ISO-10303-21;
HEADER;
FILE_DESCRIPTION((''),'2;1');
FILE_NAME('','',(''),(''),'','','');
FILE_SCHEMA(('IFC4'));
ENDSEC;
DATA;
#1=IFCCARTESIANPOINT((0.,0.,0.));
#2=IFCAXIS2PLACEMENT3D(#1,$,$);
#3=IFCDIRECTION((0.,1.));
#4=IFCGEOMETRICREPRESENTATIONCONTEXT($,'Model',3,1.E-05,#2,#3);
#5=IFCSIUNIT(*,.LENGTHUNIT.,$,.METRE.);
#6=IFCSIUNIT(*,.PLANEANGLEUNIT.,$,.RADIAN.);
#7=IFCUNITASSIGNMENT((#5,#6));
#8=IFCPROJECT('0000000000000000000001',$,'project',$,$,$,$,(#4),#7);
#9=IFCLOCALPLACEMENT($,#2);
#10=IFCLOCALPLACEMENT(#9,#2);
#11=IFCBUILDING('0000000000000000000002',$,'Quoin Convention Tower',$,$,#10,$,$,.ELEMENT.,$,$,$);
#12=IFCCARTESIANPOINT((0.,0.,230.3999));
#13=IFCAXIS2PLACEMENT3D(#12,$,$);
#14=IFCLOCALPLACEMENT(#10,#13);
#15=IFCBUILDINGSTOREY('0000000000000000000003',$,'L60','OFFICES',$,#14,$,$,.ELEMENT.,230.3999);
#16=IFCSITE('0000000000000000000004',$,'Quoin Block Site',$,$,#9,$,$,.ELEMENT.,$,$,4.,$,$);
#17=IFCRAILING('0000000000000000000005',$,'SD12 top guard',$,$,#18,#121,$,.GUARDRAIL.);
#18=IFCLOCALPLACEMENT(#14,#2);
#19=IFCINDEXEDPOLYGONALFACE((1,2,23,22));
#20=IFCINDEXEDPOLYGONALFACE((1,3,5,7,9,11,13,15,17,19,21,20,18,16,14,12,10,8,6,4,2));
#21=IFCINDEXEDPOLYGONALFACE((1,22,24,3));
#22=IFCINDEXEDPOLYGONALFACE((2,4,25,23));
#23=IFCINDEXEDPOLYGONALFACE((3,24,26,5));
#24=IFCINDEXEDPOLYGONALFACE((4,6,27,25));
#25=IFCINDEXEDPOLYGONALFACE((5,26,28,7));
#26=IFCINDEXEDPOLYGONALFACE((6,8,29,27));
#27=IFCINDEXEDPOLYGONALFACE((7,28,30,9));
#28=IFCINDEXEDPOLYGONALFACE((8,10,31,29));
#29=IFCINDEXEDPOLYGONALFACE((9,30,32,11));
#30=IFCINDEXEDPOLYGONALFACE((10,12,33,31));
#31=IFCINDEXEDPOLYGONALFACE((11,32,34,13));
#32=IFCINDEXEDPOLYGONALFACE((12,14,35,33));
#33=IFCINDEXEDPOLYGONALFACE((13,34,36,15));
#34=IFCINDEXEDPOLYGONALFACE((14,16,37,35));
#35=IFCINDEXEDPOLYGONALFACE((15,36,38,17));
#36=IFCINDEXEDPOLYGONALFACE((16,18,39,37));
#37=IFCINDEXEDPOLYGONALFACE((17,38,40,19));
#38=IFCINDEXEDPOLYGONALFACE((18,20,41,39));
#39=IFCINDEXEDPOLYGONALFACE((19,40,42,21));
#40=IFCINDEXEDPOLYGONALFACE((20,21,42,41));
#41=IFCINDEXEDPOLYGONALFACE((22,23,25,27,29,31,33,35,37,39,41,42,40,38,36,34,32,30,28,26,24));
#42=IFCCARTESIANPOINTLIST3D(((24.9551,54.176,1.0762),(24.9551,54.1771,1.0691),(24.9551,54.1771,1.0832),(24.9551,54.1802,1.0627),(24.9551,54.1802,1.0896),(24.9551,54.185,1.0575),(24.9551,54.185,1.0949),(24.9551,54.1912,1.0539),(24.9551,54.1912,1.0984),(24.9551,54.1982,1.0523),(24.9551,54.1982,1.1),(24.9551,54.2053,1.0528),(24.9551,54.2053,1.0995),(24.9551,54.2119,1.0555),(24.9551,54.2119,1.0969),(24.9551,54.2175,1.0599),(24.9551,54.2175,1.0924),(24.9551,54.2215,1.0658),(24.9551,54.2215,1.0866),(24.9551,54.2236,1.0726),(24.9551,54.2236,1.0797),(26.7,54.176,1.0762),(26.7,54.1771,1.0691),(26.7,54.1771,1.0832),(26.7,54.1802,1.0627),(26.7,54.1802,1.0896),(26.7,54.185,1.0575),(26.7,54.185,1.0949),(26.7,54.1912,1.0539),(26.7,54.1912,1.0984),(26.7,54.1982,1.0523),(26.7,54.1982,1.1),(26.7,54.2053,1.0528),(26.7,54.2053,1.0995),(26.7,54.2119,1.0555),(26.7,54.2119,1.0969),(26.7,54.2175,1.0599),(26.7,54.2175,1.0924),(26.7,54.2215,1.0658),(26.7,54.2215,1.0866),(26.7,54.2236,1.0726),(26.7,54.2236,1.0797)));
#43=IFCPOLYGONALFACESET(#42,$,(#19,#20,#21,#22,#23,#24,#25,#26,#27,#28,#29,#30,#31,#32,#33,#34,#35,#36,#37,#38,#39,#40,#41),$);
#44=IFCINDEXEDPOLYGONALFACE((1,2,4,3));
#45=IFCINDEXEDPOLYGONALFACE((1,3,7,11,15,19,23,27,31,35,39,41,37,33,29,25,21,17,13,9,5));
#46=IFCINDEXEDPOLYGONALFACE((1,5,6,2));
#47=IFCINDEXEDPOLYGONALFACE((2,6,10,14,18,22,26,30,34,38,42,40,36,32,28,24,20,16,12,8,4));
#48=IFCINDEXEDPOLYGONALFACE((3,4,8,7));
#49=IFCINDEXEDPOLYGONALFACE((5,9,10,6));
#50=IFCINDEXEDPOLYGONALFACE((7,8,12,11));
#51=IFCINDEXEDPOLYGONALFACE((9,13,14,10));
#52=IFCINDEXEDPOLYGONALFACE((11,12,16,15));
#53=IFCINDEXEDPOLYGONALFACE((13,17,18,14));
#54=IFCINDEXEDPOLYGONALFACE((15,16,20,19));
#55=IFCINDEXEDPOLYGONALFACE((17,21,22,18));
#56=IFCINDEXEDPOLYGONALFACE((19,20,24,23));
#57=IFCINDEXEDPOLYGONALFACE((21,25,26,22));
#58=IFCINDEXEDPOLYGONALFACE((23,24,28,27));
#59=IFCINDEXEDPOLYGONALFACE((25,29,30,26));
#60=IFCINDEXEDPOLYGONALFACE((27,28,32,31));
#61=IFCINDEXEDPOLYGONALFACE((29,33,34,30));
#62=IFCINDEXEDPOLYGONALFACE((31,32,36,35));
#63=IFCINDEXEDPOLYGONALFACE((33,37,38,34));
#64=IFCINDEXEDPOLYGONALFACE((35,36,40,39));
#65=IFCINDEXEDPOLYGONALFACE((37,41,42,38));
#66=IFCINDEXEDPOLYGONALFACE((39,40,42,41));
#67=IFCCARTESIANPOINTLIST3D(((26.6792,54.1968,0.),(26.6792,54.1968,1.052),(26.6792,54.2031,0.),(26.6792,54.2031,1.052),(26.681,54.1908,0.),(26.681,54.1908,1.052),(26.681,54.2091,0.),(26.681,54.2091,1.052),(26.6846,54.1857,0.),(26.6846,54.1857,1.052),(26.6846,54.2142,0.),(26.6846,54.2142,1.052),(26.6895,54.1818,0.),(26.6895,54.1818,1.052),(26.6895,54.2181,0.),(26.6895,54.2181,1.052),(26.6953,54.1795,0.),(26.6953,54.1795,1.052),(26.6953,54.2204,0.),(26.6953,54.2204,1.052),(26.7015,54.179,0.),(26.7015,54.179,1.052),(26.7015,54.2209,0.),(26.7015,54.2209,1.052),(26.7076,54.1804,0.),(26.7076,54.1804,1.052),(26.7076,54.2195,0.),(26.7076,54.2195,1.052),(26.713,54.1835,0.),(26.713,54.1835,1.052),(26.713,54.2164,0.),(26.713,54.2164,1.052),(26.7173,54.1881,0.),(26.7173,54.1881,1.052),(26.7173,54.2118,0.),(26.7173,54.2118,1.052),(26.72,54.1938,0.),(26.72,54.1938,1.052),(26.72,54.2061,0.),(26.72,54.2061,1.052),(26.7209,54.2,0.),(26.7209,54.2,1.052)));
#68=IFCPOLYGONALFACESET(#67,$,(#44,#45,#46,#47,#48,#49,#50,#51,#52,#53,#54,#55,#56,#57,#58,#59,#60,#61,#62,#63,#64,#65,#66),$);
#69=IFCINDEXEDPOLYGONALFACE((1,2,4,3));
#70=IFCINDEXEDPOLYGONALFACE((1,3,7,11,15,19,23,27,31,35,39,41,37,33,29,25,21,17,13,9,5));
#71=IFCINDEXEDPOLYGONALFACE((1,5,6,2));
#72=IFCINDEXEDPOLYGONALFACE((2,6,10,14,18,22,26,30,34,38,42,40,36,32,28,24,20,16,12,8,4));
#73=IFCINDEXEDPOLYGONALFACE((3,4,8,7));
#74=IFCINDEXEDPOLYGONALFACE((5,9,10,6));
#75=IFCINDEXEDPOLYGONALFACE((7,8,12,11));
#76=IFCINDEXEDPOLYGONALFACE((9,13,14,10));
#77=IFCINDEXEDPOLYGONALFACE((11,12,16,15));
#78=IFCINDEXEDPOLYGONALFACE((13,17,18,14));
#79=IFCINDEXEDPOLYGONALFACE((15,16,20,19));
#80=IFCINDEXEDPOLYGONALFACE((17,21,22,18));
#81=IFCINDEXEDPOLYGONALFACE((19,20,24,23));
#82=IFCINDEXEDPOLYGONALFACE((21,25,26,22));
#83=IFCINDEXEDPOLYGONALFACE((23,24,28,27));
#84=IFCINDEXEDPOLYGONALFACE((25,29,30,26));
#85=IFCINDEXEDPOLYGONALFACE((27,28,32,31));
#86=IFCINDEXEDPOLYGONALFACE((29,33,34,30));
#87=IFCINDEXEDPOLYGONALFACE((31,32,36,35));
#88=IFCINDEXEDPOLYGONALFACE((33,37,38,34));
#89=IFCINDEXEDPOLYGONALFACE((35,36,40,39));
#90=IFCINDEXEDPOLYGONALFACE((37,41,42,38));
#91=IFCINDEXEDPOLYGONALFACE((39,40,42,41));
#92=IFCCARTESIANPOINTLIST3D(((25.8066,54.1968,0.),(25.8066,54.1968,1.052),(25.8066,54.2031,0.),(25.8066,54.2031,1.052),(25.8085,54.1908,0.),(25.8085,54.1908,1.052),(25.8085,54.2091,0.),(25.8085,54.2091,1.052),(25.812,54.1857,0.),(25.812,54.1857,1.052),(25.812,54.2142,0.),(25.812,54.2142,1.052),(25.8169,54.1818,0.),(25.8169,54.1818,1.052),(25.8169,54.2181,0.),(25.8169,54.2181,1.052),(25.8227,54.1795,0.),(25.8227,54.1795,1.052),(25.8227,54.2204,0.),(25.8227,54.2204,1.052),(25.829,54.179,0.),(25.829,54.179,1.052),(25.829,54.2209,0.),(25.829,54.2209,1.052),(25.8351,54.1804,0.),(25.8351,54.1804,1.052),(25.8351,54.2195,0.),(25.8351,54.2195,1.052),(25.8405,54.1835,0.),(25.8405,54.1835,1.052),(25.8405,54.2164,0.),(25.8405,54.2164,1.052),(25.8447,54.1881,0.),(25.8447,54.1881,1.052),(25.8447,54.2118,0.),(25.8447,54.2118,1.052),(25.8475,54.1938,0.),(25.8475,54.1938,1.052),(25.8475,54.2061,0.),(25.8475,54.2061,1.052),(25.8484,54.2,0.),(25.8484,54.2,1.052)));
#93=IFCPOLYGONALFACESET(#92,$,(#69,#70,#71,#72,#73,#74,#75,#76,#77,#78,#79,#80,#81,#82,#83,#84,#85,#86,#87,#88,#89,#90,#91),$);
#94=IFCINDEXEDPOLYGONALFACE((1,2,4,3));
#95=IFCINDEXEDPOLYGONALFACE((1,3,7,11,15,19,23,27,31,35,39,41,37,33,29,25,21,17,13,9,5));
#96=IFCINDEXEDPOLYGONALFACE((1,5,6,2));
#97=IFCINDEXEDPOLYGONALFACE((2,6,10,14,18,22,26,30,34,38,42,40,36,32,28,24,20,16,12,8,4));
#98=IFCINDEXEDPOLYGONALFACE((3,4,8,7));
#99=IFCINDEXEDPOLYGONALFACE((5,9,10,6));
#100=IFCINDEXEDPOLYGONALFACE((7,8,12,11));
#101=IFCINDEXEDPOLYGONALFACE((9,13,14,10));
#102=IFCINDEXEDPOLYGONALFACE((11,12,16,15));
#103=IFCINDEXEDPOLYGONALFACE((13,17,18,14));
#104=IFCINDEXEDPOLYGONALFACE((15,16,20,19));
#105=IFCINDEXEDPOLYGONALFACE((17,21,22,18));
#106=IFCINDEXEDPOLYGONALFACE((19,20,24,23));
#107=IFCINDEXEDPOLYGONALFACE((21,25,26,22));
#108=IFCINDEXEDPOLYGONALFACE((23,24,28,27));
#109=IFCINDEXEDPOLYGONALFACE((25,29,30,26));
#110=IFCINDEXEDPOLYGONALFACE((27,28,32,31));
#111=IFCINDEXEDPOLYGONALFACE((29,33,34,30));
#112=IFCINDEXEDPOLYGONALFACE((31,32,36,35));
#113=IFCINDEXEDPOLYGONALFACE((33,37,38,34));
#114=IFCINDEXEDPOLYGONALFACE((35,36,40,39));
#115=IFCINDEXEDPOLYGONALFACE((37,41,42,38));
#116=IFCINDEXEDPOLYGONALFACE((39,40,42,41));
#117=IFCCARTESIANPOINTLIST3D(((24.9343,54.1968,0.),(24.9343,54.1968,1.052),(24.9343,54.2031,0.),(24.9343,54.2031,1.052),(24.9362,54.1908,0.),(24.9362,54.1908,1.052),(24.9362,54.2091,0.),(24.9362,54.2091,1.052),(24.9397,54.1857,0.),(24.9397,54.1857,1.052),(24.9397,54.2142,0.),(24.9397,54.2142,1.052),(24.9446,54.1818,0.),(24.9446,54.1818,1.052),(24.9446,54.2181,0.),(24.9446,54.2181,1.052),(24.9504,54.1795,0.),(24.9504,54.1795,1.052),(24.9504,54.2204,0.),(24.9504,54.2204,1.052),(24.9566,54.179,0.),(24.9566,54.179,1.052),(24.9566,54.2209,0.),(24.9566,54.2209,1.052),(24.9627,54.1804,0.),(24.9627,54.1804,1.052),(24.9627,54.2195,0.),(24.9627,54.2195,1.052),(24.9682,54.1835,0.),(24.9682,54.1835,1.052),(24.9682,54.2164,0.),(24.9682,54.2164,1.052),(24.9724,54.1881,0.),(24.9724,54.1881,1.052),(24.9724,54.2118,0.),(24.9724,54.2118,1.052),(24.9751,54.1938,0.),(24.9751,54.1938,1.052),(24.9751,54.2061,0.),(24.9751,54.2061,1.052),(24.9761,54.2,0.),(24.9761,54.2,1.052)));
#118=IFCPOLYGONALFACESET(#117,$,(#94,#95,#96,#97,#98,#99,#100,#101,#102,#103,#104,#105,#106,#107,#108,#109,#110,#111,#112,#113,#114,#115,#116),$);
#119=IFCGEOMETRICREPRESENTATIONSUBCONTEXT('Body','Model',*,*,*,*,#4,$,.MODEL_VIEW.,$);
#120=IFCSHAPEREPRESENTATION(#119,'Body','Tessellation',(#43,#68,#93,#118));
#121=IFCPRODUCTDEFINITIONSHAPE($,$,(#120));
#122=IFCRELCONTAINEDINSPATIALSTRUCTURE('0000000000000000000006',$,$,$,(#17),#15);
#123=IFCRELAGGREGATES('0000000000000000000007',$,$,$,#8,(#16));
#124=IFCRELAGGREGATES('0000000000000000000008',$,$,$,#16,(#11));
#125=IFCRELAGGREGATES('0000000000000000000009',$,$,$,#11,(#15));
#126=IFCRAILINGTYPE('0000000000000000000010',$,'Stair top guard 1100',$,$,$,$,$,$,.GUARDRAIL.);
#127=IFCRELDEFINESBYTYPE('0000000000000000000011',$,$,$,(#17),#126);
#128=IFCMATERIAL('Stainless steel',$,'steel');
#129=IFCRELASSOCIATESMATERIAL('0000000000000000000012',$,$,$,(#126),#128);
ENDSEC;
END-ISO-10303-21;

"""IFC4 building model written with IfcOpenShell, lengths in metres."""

from ifc_helpers import new_model, si_unit, direction, frame, origin, origin_2d, place, context, subcontext, project, spatial, circle, extrude, material, type_object, element, save


model = new_model("IFC4")

# Units and contexts
model_context = context("Model", 3, precision=1e-05, world=origin(), true_north=direction((0.0, 1.0)))
body_context = subcontext(model_context, "Body", "Model", "MODEL_VIEW")
ifc_project = project(units=[si_unit("LENGTHUNIT", "METRE"), si_unit("PLANEANGLEUNIT", "RADIAN")], contexts=[model_context])

# Site, building, storey
site_placement = place(None, origin())
site = spatial("IfcSite", under=ifc_project, at=site_placement, Name="Quoin Block Site", CompositionType="ELEMENT", RefElevation=4.0)
building_placement = place(site_placement, origin())
building = spatial("IfcBuilding", under=site, at=building_placement, Name="Quoin Convention Tower", CompositionType="ELEMENT")
storey_placement = place(building_placement, frame((0.0, 0.0, 230.3999)))
storey = spatial("IfcBuildingStorey", under=building, at=storey_placement, Name="L60", Description="OFFICES", CompositionType="ELEMENT", Elevation=230.3999)

# Railing
ifc_material_1 = material(Name="Stainless steel", Category="steel")
railing_type_1 = type_object("IfcRailingType", Name="Stair top guard 1100", PredefinedType="GUARDRAIL", material=ifc_material_1)
railing_1_placement = place(storey_placement, frame((26.7, 54.2, 0.0)))
element("IfcRailing", 1, at=railing_1_placement, inside=storey, type_object=railing_type_1, Name="SD12 top guard", PredefinedType="GUARDRAIL", context=body_context, shape_type="SweptSolid", body=[
    extrude(circle(Radius=0.0239, at=origin_2d()), frame((0.0, 0.0, 1.0762), z_axis=(-1.0, 0.0, 0.0), x_axis=(0.0, -1.0, 0.0)), (0.0, 0.0, 1.0), 1.7449),
    extrude(circle(Radius=0.021, at=origin_2d()), origin(), (0.0, 0.0, 1.0), 1.052),
    extrude(circle(Radius=0.021, at=origin_2d()), frame((-0.8726, 0.0, 0.0)), (0.0, 0.0, 1.0), 1.052),
    extrude(circle(Radius=0.021, at=origin_2d()), frame((-1.7449, 0.0, 0.0)), (0.0, 0.0, 1.0), 1.052),
])

save(model, "model.ifc")
